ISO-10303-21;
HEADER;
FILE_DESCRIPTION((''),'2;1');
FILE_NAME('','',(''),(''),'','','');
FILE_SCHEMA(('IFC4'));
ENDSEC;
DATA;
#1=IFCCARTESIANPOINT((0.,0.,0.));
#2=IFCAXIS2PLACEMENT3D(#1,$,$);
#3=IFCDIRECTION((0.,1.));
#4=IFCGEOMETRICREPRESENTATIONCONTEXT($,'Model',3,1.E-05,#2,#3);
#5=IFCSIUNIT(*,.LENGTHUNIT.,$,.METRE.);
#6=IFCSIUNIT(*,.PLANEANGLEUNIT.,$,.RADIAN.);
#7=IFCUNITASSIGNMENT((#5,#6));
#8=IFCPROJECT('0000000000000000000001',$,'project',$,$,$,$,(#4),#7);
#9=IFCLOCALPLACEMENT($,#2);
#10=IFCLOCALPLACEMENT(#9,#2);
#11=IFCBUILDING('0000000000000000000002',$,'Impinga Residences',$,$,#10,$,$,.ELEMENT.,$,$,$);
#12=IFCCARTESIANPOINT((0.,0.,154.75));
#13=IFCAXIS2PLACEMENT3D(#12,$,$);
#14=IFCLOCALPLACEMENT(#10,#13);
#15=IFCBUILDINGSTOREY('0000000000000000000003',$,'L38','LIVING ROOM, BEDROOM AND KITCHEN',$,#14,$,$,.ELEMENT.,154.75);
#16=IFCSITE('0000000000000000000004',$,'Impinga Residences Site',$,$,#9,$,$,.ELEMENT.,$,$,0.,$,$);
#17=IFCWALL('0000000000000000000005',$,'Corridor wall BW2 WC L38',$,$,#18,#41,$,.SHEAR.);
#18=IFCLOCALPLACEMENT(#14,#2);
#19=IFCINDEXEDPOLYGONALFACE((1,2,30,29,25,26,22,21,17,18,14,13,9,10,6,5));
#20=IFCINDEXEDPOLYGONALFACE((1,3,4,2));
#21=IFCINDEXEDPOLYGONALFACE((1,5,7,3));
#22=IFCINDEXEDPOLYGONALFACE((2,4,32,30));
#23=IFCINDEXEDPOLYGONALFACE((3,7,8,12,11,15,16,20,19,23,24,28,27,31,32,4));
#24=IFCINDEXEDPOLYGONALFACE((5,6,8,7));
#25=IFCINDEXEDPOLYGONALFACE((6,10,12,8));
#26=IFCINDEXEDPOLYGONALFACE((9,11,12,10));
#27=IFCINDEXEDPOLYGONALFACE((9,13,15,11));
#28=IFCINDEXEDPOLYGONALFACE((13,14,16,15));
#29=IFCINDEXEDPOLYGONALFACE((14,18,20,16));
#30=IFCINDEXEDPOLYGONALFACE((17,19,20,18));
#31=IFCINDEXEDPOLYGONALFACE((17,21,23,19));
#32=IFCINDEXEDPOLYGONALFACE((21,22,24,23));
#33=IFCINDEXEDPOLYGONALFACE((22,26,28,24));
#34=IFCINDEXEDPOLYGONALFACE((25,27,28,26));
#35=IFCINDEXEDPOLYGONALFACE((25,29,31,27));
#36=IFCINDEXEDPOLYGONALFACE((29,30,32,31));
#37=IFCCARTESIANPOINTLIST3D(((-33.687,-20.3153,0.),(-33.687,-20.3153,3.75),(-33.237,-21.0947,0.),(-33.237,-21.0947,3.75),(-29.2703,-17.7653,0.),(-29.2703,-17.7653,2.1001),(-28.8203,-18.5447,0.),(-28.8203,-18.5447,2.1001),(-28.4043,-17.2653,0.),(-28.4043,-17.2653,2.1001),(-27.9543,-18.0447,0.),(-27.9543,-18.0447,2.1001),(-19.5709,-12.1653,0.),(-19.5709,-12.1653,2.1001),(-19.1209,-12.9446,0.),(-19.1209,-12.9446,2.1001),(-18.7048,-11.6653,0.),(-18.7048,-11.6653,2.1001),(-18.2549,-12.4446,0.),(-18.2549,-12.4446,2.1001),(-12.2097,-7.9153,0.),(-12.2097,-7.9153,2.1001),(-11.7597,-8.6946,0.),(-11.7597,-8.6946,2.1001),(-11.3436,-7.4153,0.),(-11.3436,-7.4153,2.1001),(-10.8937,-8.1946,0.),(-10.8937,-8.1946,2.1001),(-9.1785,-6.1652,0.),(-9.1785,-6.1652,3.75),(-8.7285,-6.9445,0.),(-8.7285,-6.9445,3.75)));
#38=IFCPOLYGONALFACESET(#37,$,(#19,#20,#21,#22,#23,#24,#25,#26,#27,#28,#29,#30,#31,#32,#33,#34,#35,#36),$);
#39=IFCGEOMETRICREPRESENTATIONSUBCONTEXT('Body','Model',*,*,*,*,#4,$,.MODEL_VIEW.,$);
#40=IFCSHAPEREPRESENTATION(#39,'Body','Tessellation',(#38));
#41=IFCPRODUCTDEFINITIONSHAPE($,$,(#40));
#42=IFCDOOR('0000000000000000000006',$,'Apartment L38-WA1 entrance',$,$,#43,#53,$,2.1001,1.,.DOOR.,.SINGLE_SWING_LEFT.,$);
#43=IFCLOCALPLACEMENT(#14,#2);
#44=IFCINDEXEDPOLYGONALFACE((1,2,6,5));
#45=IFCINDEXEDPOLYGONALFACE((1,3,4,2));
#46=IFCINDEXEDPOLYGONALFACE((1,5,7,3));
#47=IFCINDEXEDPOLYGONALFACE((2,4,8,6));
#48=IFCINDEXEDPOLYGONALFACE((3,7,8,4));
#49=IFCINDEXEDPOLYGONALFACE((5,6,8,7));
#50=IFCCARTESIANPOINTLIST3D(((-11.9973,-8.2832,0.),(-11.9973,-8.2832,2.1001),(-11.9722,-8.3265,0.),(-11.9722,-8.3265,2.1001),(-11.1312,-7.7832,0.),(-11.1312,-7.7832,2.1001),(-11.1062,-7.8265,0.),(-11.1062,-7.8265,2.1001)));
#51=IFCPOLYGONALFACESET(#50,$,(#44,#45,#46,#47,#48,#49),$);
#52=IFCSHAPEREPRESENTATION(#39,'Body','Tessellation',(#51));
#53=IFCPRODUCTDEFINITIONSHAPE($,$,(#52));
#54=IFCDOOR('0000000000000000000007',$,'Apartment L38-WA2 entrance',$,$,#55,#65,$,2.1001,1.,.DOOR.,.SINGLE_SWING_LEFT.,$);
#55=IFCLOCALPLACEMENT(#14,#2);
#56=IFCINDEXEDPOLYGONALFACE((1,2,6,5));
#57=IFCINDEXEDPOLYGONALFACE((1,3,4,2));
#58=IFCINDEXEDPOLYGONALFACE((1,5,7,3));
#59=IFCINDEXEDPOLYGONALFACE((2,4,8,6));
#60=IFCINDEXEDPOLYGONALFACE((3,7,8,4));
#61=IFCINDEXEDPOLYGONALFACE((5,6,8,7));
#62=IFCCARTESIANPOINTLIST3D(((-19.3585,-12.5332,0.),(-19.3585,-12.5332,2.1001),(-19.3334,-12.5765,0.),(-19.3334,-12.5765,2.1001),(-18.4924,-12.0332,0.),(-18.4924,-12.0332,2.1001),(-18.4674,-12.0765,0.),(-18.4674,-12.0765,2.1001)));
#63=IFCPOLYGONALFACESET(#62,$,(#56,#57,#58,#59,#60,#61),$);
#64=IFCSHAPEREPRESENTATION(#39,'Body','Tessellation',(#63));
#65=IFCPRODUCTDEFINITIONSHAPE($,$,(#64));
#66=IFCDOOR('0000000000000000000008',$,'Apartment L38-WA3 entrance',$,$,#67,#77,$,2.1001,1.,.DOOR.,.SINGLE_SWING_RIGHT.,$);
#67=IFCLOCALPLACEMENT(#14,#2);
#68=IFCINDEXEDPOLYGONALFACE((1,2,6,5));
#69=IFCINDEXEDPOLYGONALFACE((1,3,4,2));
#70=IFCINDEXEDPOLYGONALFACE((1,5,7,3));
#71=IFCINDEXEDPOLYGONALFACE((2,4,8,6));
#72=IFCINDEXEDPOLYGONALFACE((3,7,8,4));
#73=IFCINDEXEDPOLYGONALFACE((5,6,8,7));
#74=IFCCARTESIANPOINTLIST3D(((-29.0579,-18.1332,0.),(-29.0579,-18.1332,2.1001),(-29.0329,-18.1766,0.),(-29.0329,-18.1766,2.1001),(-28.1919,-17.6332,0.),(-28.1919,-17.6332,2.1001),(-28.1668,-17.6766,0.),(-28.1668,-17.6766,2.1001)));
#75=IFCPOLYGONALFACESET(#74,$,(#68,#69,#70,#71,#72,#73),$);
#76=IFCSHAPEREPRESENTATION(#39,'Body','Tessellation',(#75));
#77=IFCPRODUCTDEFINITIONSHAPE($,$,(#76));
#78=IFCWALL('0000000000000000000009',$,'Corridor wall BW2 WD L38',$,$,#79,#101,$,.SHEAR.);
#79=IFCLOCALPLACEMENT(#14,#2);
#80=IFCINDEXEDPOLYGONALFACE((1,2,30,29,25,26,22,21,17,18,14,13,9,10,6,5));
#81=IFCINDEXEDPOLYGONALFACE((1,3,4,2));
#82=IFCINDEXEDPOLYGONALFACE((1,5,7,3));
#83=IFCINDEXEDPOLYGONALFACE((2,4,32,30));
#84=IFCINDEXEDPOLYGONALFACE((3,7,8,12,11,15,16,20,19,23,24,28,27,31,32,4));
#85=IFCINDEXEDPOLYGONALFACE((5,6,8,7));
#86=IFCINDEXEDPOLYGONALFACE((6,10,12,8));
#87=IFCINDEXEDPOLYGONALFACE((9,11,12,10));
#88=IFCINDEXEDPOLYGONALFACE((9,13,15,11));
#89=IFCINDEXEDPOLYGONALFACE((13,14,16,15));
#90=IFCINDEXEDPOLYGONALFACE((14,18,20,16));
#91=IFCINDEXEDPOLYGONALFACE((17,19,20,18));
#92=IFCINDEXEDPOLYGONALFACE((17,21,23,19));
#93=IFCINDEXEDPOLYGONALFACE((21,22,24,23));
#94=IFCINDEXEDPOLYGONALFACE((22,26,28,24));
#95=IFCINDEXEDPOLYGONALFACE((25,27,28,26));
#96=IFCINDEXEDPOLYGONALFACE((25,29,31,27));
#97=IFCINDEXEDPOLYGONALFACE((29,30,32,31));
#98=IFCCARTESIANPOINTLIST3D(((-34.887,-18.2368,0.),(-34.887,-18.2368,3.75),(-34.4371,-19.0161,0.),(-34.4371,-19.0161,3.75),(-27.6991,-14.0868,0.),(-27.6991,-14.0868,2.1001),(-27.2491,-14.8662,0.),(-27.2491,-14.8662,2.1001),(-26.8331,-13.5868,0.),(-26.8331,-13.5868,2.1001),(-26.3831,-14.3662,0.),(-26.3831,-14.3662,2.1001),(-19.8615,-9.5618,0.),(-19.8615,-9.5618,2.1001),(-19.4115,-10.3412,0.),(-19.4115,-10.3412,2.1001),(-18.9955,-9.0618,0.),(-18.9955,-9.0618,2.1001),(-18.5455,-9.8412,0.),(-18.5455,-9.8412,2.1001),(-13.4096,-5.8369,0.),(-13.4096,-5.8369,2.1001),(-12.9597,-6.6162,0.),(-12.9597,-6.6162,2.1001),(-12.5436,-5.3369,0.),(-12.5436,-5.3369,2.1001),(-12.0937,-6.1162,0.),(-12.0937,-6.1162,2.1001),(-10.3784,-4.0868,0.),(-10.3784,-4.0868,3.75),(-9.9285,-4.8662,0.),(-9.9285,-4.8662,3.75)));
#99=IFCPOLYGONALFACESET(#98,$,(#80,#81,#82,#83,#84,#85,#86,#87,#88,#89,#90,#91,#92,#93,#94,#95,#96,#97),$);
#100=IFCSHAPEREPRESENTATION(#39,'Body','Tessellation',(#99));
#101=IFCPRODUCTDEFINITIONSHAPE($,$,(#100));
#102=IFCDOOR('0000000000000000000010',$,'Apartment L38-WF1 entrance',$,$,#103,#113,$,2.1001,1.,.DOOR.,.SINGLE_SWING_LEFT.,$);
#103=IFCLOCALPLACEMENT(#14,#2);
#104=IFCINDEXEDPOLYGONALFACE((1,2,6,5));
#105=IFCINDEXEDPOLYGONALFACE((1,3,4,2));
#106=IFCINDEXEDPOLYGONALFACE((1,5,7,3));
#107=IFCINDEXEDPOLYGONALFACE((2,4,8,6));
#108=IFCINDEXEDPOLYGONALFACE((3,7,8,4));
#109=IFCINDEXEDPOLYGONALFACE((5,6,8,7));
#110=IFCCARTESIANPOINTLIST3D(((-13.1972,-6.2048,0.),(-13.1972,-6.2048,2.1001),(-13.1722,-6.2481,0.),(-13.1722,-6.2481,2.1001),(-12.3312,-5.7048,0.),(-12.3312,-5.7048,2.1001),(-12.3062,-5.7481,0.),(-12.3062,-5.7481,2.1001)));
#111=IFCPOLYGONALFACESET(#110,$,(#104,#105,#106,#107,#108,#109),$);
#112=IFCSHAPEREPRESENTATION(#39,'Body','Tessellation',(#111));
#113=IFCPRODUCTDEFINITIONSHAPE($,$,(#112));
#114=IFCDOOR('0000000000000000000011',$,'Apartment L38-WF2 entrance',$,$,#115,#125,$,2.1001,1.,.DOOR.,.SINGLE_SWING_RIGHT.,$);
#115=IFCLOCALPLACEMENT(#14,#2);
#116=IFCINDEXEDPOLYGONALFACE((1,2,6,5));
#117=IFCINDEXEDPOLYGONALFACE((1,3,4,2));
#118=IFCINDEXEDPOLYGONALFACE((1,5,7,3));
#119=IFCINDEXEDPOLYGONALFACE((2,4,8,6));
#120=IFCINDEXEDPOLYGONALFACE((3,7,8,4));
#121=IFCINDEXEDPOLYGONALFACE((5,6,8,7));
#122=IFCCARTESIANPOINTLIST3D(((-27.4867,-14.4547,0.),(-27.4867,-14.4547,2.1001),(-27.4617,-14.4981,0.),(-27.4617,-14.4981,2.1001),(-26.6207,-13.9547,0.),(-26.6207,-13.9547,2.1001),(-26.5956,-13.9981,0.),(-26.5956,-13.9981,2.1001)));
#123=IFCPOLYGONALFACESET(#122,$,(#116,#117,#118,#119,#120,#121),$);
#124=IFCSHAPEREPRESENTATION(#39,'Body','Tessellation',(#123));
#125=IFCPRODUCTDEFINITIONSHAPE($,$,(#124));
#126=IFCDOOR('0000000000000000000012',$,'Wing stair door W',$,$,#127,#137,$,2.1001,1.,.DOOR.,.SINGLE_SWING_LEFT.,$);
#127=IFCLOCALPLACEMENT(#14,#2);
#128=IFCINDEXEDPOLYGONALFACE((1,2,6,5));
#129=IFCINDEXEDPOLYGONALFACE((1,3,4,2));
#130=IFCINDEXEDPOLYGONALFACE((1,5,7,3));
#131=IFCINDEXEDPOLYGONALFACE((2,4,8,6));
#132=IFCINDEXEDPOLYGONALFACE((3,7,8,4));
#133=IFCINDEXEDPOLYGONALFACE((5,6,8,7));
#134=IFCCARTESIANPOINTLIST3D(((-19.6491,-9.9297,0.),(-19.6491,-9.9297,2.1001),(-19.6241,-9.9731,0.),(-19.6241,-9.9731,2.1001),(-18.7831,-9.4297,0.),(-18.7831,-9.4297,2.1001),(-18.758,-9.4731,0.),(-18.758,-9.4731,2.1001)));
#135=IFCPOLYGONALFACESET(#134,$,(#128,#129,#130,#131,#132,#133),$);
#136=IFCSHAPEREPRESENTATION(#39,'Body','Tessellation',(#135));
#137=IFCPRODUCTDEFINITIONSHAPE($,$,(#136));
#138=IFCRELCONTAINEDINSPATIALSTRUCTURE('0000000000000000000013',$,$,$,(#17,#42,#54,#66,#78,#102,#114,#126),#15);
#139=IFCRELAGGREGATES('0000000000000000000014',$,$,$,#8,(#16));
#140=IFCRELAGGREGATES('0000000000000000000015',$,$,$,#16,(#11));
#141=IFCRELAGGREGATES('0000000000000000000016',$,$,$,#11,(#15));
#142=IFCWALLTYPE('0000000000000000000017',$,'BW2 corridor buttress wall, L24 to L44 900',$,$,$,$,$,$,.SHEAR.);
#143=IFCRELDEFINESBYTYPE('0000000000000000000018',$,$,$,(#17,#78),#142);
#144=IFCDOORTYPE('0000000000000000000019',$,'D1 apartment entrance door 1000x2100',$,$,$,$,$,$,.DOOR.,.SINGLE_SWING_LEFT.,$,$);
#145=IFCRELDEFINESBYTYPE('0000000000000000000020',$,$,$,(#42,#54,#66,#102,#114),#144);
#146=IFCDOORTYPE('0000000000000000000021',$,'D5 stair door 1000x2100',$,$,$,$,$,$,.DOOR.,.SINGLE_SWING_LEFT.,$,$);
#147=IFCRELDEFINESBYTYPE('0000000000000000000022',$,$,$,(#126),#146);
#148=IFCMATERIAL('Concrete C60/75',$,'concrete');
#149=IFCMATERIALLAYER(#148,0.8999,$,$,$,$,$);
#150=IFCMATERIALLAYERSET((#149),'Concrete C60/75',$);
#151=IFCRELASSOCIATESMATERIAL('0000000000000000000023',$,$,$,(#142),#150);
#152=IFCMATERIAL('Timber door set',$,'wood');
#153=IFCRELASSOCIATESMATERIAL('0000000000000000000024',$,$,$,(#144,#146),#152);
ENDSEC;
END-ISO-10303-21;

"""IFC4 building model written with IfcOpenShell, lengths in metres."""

from ifc_helpers import new_model, si_unit, direction, frame, frame_2d, origin, place, context, subcontext, project, spatial, rectangle, extrude, material, layer, layer_set, type_object, element, fill, save


model = new_model("IFC4")

# Units and contexts
model_context = context("Model", 3, precision=1e-05, world=origin(), true_north=direction((0.0, 1.0)))
body_context = subcontext(model_context, "Body", "Model", "MODEL_VIEW")
ifc_project = project(units=[si_unit("LENGTHUNIT", "METRE"), si_unit("PLANEANGLEUNIT", "RADIAN")], contexts=[model_context])

# Site, building, storey
site_placement = place(None, origin())
site = spatial("IfcSite", under=ifc_project, at=site_placement, Name="Impinga Residences Site", CompositionType="ELEMENT", RefElevation=0.0)
building_placement = place(site_placement, origin())
building = spatial("IfcBuilding", under=site, at=building_placement, Name="Impinga Residences", CompositionType="ELEMENT")
storey_placement = place(building_placement, frame((0.0, 0.0, 154.75)))
storey = spatial("IfcBuildingStorey", under=building, at=storey_placement, Name="L38", Description="LIVING ROOM, BEDROOM AND KITCHEN", CompositionType="ELEMENT", Elevation=154.75)

# Walls, openings, doors
ifc_material_1 = material(Name="Concrete C60/75", Category="concrete")
ifc_layer_1 = layer(ifc_material_1, 0.8999)
ifc_layer_set_1 = layer_set([ifc_layer_1], Name="Concrete C60/75")
wall_type_1 = type_object("IfcWallType", Name="BW2 corridor buttress wall, L24 to L44 900", PredefinedType="SHEAR", material=ifc_layer_set_1)
wall_1_placement = place(storey_placement, frame((-8.9536, -6.5549, 0.0), z_axis=(0.0, 0.0, 1.0), x_axis=(-0.866023, -0.500003, 0.0)))
wall_1 = element("IfcWall", 1, at=wall_1_placement, inside=storey, type_object=wall_type_1, Name="Corridor wall BW2 WC L38", PredefinedType="SHEAR", context=body_context, shape_type="SweptSolid", body=[
    extrude(rectangle(XDim=28.3, YDim=0.8999, at=frame_2d((14.1499, 0.0))), origin(), (0.0, 0.0, 1.0), 3.75),
])
opening_1_placement = place(wall_1_placement, frame((2.5, 0.0, 0.0)))
opening_1 = element("IfcOpeningElement", 2, at=opening_1_placement, cuts=wall_1, PredefinedType="OPENING", context=body_context, shape_type="SweptSolid", body=[
    extrude(rectangle(XDim=1.0, YDim=2.1001, at=frame_2d((0.5, 1.05))), frame((0.0, 0.46, 0.0), z_axis=(0.0, -1.0, 0.0), x_axis=(1.0, 0.0, 0.0)), (0.0, 0.0, 1.0), 0.9199),
])
opening_2_placement = place(wall_1_placement, frame((11.0, 0.0, 0.0)))
opening_2 = element("IfcOpeningElement", 3, at=opening_2_placement, cuts=wall_1, PredefinedType="OPENING", context=body_context, shape_type="SweptSolid", body=[
    extrude(rectangle(XDim=1.0, YDim=2.1001, at=frame_2d((0.5, 1.05))), frame((0.0, 0.46, 0.0), z_axis=(0.0, -1.0, 0.0), x_axis=(1.0, 0.0, 0.0)), (0.0, 0.0, 1.0), 0.9199),
])
opening_3_placement = place(wall_1_placement, frame((22.2, 0.0, 0.0)))
opening_3 = element("IfcOpeningElement", 4, at=opening_3_placement, cuts=wall_1, PredefinedType="OPENING", context=body_context, shape_type="SweptSolid", body=[
    extrude(rectangle(XDim=1.0, YDim=2.1001, at=frame_2d((0.5, 1.05))), frame((0.0, 0.46, 0.0), z_axis=(0.0, -1.0, 0.0), x_axis=(1.0, 0.0, 0.0)), (0.0, 0.0, 1.0), 0.9199),
])
ifc_material_2 = material(Name="Timber door set", Category="wood")
door_type_1 = type_object("IfcDoorType", Name="D1 apartment entrance door 1000x2100", OperationType="SINGLE_SWING_LEFT", PredefinedType="DOOR", material=ifc_material_2)
door_1_placement = place(opening_1_placement, origin())
door_1 = element("IfcDoor", 5, at=door_1_placement, inside=storey, type_object=door_type_1, Name="Apartment L38-WA1 entrance", OperationType="SINGLE_SWING_LEFT", OverallHeight=2.1001, OverallWidth=1.0, PredefinedType="DOOR", context=body_context, shape_type="SweptSolid", body=[
    extrude(rectangle(XDim=1.0, YDim=2.1001, at=frame_2d((0.5, 1.05))), frame((0.0, 0.0249, 0.0), z_axis=(0.0, -1.0, 0.0), x_axis=(1.0, 0.0, 0.0)), (0.0, 0.0, 1.0), 0.05),
])
fill(opening_1, door_1)
door_2_placement = place(opening_2_placement, origin())
door_2 = element("IfcDoor", 6, at=door_2_placement, inside=storey, type_object=door_type_1, Name="Apartment L38-WA2 entrance", OperationType="SINGLE_SWING_LEFT", OverallHeight=2.1001, OverallWidth=1.0, PredefinedType="DOOR", context=body_context, shape_type="SweptSolid", body=[
    extrude(rectangle(XDim=1.0, YDim=2.1001, at=frame_2d((0.5, 1.05))), frame((0.0, 0.0249, 0.0), z_axis=(0.0, -1.0, 0.0), x_axis=(1.0, 0.0, 0.0)), (0.0, 0.0, 1.0), 0.05),
])
fill(opening_2, door_2)
door_3_placement = place(opening_3_placement, origin())
door_3 = element("IfcDoor", 7, at=door_3_placement, inside=storey, type_object=door_type_1, Name="Apartment L38-WA3 entrance", OperationType="SINGLE_SWING_RIGHT", OverallHeight=2.1001, OverallWidth=1.0, PredefinedType="DOOR", context=body_context, shape_type="SweptSolid", body=[
    extrude(rectangle(XDim=1.0, YDim=2.1001, at=frame_2d((0.5, 1.05))), frame((0.0, 0.0249, 0.0), z_axis=(0.0, -1.0, 0.0), x_axis=(1.0, 0.0, 0.0)), (0.0, 0.0, 1.0), 0.05),
])
fill(opening_3, door_3)
wall_2_placement = place(storey_placement, frame((-10.1536, -4.4766, 0.0), z_axis=(0.0, 0.0, 1.0), x_axis=(-0.866027, -0.499997, 0.0)))
wall_2 = element("IfcWall", 8, at=wall_2_placement, inside=storey, type_object=wall_type_1, Name="Corridor wall BW2 WD L38", PredefinedType="SHEAR", context=body_context, shape_type="SweptSolid", body=[
    extrude(rectangle(XDim=28.3, YDim=0.8999, at=frame_2d((14.1499, 0.0))), origin(), (0.0, 0.0, 1.0), 3.75),
])
opening_4_placement = place(wall_2_placement, frame((9.95, 0.0, 0.0)))
opening_4 = element("IfcOpeningElement", 9, at=opening_4_placement, cuts=wall_2, PredefinedType="OPENING", context=body_context, shape_type="SweptSolid", body=[
    extrude(rectangle(XDim=1.0, YDim=2.1001, at=frame_2d((0.5, 1.05))), frame((0.0, 0.46, 0.0), z_axis=(0.0, -1.0, 0.0), x_axis=(1.0, 0.0, 0.0)), (0.0, 0.0, 1.0), 0.9199),
])
opening_5_placement = place(wall_2_placement, frame((2.5, 0.0, 0.0)))
opening_5 = element("IfcOpeningElement", 10, at=opening_5_placement, cuts=wall_2, PredefinedType="OPENING", context=body_context, shape_type="SweptSolid", body=[
    extrude(rectangle(XDim=1.0, YDim=2.1001, at=frame_2d((0.5, 1.05))), frame((0.0, 0.46, 0.0), z_axis=(0.0, -1.0, 0.0), x_axis=(1.0, 0.0, 0.0)), (0.0, 0.0, 1.0), 0.9199),
])
opening_6_placement = place(wall_2_placement, frame((19.0, 0.0, 0.0)))
opening_6 = element("IfcOpeningElement", 11, at=opening_6_placement, cuts=wall_2, PredefinedType="OPENING", context=body_context, shape_type="SweptSolid", body=[
    extrude(rectangle(XDim=1.0, YDim=2.1001, at=frame_2d((0.5, 1.05))), frame((0.0, 0.46, 0.0), z_axis=(0.0, -1.0, 0.0), x_axis=(1.0, 0.0, 0.0)), (0.0, 0.0, 1.0), 0.9199),
])
door_4_placement = place(opening_5_placement, origin())
door_4 = element("IfcDoor", 12, at=door_4_placement, inside=storey, type_object=door_type_1, Name="Apartment L38-WF1 entrance", OperationType="SINGLE_SWING_LEFT", OverallHeight=2.1001, OverallWidth=1.0, PredefinedType="DOOR", context=body_context, shape_type="SweptSolid", body=[
    extrude(rectangle(XDim=1.0, YDim=2.1001, at=frame_2d((0.5, 1.05))), frame((0.0, 0.0249, 0.0), z_axis=(0.0, -1.0, 0.0), x_axis=(1.0, 0.0, 0.0)), (0.0, 0.0, 1.0), 0.05),
])
fill(opening_5, door_4)
door_5_placement = place(opening_6_placement, origin())
door_5 = element("IfcDoor", 13, at=door_5_placement, inside=storey, type_object=door_type_1, Name="Apartment L38-WF2 entrance", OperationType="SINGLE_SWING_RIGHT", OverallHeight=2.1001, OverallWidth=1.0, PredefinedType="DOOR", context=body_context, shape_type="SweptSolid", body=[
    extrude(rectangle(XDim=1.0, YDim=2.1001, at=frame_2d((0.5, 1.05))), frame((0.0, 0.0249, 0.0), z_axis=(0.0, -1.0, 0.0), x_axis=(1.0, 0.0, 0.0)), (0.0, 0.0, 1.0), 0.05),
])
fill(opening_6, door_5)
door_type_2 = type_object("IfcDoorType", Name="D5 stair door 1000x2100", OperationType="SINGLE_SWING_LEFT", PredefinedType="DOOR", material=ifc_material_2)
door_6_placement = place(opening_4_placement, origin())
door_6 = element("IfcDoor", 14, at=door_6_placement, inside=storey, type_object=door_type_2, Name="Wing stair door W", OperationType="SINGLE_SWING_LEFT", OverallHeight=2.1001, OverallWidth=1.0, PredefinedType="DOOR", context=body_context, shape_type="SweptSolid", body=[
    extrude(rectangle(XDim=1.0, YDim=2.1001, at=frame_2d((0.5, 1.05))), frame((0.0, 0.0249, 0.0), z_axis=(0.0, -1.0, 0.0), x_axis=(1.0, 0.0, 0.0)), (0.0, 0.0, 1.0), 0.05),
])
fill(opening_4, door_6)

save(model, "model.ifc")
